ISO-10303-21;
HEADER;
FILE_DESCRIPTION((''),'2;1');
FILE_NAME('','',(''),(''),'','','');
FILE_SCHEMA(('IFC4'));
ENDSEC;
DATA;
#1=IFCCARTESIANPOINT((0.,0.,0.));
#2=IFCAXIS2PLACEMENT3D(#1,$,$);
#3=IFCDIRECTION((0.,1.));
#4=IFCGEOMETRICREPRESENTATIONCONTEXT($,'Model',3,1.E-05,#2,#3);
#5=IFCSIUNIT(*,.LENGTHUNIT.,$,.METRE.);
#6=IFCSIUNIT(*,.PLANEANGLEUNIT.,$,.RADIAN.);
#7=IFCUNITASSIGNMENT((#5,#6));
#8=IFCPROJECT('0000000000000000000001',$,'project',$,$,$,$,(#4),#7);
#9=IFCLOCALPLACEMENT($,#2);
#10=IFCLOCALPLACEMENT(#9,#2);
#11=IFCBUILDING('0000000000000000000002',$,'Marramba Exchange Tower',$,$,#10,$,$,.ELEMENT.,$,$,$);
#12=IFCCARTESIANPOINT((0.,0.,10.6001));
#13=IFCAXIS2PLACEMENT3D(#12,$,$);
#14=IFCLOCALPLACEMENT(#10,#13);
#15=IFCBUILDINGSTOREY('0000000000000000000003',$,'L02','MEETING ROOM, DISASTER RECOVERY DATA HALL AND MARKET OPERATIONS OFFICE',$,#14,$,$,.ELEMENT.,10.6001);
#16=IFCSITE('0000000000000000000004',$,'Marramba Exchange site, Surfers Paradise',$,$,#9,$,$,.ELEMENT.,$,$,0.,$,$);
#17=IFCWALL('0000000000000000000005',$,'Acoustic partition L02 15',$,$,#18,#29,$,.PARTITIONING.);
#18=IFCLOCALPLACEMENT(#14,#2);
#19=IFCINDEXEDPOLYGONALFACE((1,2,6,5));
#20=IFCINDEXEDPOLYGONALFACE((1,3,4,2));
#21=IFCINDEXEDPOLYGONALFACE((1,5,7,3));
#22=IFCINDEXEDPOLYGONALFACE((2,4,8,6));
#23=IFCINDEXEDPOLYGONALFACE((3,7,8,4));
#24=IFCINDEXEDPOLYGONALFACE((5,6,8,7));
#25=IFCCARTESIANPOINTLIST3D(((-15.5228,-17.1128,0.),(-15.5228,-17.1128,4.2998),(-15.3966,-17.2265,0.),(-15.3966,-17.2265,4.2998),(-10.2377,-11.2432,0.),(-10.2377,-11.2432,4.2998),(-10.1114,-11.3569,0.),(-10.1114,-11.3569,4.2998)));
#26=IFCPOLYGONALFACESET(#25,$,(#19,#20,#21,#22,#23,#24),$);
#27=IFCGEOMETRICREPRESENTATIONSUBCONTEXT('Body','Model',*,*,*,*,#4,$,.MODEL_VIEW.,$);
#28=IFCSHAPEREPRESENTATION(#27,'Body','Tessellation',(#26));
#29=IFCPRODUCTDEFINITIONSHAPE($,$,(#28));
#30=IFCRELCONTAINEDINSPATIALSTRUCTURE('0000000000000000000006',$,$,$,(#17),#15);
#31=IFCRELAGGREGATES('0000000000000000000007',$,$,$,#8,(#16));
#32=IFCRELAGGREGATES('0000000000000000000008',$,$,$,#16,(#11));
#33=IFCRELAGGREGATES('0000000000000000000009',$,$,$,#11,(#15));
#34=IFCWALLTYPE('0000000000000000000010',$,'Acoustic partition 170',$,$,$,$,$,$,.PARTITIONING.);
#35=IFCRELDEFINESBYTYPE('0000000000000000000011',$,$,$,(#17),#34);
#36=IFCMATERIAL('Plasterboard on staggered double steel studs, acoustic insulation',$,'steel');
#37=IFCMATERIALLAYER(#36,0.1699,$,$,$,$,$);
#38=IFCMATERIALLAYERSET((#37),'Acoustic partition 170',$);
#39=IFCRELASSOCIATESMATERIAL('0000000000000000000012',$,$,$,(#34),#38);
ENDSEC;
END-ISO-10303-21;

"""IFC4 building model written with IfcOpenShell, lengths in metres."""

from ifc_helpers import new_model, si_unit, direction, frame, frame_2d, origin, place, context, subcontext, project, spatial, rectangle, extrude, material, layer, layer_set, type_object, element, save


model = new_model("IFC4")

# Units and contexts
model_context = context("Model", 3, precision=1e-05, world=origin(), true_north=direction((0.0, 1.0)))
body_context = subcontext(model_context, "Body", "Model", "MODEL_VIEW")
ifc_project = project(units=[si_unit("LENGTHUNIT", "METRE"), si_unit("PLANEANGLEUNIT", "RADIAN")], contexts=[model_context])

# Site, building, storey
site_placement = place(None, origin())
site = spatial("IfcSite", under=ifc_project, at=site_placement, Name="Marramba Exchange site, Surfers Paradise", CompositionType="ELEMENT", RefElevation=0.0)
building_placement = place(site_placement, origin())
building = spatial("IfcBuilding", under=site, at=building_placement, Name="Marramba Exchange Tower", CompositionType="ELEMENT")
storey_placement = place(building_placement, frame((0.0, 0.0, 10.6001)))
storey = spatial("IfcBuildingStorey", under=building, at=storey_placement, Name="L02", Description="MEETING ROOM, DISASTER RECOVERY DATA HALL AND MARKET OPERATIONS OFFICE", CompositionType="ELEMENT", Elevation=10.6001)

# Shared definitions
ifc_material_1 = material(Name="Plasterboard on staggered double steel studs, acoustic insulation", Category="steel")
ifc_layer_1 = layer(ifc_material_1, 0.1699)
ifc_layer_set_1 = layer_set([ifc_layer_1], Name="Acoustic partition 170")
wall_type_1 = type_object("IfcWallType", Name="Acoustic partition 170", PredefinedType="PARTITIONING", material=ifc_layer_set_1)

# Wall
wall_1_placement = place(storey_placement, frame((-10.1746, -11.3, 0.0), z_axis=(0.0, 0.0, 1.0), x_axis=(-0.669139, -0.743137, 0.0)))
element("IfcWall", 1, at=wall_1_placement, inside=storey, type_object=wall_type_1, Name="Acoustic partition L02 15", PredefinedType="PARTITIONING", context=body_context, shape_type="SweptSolid", body=[
    extrude(rectangle(XDim=7.8984, YDim=0.1699, at=frame_2d((3.9492, 0.0))), origin(), (0.0, 0.0, 1.0), 4.2998),
])

save(model, "model.ifc")
